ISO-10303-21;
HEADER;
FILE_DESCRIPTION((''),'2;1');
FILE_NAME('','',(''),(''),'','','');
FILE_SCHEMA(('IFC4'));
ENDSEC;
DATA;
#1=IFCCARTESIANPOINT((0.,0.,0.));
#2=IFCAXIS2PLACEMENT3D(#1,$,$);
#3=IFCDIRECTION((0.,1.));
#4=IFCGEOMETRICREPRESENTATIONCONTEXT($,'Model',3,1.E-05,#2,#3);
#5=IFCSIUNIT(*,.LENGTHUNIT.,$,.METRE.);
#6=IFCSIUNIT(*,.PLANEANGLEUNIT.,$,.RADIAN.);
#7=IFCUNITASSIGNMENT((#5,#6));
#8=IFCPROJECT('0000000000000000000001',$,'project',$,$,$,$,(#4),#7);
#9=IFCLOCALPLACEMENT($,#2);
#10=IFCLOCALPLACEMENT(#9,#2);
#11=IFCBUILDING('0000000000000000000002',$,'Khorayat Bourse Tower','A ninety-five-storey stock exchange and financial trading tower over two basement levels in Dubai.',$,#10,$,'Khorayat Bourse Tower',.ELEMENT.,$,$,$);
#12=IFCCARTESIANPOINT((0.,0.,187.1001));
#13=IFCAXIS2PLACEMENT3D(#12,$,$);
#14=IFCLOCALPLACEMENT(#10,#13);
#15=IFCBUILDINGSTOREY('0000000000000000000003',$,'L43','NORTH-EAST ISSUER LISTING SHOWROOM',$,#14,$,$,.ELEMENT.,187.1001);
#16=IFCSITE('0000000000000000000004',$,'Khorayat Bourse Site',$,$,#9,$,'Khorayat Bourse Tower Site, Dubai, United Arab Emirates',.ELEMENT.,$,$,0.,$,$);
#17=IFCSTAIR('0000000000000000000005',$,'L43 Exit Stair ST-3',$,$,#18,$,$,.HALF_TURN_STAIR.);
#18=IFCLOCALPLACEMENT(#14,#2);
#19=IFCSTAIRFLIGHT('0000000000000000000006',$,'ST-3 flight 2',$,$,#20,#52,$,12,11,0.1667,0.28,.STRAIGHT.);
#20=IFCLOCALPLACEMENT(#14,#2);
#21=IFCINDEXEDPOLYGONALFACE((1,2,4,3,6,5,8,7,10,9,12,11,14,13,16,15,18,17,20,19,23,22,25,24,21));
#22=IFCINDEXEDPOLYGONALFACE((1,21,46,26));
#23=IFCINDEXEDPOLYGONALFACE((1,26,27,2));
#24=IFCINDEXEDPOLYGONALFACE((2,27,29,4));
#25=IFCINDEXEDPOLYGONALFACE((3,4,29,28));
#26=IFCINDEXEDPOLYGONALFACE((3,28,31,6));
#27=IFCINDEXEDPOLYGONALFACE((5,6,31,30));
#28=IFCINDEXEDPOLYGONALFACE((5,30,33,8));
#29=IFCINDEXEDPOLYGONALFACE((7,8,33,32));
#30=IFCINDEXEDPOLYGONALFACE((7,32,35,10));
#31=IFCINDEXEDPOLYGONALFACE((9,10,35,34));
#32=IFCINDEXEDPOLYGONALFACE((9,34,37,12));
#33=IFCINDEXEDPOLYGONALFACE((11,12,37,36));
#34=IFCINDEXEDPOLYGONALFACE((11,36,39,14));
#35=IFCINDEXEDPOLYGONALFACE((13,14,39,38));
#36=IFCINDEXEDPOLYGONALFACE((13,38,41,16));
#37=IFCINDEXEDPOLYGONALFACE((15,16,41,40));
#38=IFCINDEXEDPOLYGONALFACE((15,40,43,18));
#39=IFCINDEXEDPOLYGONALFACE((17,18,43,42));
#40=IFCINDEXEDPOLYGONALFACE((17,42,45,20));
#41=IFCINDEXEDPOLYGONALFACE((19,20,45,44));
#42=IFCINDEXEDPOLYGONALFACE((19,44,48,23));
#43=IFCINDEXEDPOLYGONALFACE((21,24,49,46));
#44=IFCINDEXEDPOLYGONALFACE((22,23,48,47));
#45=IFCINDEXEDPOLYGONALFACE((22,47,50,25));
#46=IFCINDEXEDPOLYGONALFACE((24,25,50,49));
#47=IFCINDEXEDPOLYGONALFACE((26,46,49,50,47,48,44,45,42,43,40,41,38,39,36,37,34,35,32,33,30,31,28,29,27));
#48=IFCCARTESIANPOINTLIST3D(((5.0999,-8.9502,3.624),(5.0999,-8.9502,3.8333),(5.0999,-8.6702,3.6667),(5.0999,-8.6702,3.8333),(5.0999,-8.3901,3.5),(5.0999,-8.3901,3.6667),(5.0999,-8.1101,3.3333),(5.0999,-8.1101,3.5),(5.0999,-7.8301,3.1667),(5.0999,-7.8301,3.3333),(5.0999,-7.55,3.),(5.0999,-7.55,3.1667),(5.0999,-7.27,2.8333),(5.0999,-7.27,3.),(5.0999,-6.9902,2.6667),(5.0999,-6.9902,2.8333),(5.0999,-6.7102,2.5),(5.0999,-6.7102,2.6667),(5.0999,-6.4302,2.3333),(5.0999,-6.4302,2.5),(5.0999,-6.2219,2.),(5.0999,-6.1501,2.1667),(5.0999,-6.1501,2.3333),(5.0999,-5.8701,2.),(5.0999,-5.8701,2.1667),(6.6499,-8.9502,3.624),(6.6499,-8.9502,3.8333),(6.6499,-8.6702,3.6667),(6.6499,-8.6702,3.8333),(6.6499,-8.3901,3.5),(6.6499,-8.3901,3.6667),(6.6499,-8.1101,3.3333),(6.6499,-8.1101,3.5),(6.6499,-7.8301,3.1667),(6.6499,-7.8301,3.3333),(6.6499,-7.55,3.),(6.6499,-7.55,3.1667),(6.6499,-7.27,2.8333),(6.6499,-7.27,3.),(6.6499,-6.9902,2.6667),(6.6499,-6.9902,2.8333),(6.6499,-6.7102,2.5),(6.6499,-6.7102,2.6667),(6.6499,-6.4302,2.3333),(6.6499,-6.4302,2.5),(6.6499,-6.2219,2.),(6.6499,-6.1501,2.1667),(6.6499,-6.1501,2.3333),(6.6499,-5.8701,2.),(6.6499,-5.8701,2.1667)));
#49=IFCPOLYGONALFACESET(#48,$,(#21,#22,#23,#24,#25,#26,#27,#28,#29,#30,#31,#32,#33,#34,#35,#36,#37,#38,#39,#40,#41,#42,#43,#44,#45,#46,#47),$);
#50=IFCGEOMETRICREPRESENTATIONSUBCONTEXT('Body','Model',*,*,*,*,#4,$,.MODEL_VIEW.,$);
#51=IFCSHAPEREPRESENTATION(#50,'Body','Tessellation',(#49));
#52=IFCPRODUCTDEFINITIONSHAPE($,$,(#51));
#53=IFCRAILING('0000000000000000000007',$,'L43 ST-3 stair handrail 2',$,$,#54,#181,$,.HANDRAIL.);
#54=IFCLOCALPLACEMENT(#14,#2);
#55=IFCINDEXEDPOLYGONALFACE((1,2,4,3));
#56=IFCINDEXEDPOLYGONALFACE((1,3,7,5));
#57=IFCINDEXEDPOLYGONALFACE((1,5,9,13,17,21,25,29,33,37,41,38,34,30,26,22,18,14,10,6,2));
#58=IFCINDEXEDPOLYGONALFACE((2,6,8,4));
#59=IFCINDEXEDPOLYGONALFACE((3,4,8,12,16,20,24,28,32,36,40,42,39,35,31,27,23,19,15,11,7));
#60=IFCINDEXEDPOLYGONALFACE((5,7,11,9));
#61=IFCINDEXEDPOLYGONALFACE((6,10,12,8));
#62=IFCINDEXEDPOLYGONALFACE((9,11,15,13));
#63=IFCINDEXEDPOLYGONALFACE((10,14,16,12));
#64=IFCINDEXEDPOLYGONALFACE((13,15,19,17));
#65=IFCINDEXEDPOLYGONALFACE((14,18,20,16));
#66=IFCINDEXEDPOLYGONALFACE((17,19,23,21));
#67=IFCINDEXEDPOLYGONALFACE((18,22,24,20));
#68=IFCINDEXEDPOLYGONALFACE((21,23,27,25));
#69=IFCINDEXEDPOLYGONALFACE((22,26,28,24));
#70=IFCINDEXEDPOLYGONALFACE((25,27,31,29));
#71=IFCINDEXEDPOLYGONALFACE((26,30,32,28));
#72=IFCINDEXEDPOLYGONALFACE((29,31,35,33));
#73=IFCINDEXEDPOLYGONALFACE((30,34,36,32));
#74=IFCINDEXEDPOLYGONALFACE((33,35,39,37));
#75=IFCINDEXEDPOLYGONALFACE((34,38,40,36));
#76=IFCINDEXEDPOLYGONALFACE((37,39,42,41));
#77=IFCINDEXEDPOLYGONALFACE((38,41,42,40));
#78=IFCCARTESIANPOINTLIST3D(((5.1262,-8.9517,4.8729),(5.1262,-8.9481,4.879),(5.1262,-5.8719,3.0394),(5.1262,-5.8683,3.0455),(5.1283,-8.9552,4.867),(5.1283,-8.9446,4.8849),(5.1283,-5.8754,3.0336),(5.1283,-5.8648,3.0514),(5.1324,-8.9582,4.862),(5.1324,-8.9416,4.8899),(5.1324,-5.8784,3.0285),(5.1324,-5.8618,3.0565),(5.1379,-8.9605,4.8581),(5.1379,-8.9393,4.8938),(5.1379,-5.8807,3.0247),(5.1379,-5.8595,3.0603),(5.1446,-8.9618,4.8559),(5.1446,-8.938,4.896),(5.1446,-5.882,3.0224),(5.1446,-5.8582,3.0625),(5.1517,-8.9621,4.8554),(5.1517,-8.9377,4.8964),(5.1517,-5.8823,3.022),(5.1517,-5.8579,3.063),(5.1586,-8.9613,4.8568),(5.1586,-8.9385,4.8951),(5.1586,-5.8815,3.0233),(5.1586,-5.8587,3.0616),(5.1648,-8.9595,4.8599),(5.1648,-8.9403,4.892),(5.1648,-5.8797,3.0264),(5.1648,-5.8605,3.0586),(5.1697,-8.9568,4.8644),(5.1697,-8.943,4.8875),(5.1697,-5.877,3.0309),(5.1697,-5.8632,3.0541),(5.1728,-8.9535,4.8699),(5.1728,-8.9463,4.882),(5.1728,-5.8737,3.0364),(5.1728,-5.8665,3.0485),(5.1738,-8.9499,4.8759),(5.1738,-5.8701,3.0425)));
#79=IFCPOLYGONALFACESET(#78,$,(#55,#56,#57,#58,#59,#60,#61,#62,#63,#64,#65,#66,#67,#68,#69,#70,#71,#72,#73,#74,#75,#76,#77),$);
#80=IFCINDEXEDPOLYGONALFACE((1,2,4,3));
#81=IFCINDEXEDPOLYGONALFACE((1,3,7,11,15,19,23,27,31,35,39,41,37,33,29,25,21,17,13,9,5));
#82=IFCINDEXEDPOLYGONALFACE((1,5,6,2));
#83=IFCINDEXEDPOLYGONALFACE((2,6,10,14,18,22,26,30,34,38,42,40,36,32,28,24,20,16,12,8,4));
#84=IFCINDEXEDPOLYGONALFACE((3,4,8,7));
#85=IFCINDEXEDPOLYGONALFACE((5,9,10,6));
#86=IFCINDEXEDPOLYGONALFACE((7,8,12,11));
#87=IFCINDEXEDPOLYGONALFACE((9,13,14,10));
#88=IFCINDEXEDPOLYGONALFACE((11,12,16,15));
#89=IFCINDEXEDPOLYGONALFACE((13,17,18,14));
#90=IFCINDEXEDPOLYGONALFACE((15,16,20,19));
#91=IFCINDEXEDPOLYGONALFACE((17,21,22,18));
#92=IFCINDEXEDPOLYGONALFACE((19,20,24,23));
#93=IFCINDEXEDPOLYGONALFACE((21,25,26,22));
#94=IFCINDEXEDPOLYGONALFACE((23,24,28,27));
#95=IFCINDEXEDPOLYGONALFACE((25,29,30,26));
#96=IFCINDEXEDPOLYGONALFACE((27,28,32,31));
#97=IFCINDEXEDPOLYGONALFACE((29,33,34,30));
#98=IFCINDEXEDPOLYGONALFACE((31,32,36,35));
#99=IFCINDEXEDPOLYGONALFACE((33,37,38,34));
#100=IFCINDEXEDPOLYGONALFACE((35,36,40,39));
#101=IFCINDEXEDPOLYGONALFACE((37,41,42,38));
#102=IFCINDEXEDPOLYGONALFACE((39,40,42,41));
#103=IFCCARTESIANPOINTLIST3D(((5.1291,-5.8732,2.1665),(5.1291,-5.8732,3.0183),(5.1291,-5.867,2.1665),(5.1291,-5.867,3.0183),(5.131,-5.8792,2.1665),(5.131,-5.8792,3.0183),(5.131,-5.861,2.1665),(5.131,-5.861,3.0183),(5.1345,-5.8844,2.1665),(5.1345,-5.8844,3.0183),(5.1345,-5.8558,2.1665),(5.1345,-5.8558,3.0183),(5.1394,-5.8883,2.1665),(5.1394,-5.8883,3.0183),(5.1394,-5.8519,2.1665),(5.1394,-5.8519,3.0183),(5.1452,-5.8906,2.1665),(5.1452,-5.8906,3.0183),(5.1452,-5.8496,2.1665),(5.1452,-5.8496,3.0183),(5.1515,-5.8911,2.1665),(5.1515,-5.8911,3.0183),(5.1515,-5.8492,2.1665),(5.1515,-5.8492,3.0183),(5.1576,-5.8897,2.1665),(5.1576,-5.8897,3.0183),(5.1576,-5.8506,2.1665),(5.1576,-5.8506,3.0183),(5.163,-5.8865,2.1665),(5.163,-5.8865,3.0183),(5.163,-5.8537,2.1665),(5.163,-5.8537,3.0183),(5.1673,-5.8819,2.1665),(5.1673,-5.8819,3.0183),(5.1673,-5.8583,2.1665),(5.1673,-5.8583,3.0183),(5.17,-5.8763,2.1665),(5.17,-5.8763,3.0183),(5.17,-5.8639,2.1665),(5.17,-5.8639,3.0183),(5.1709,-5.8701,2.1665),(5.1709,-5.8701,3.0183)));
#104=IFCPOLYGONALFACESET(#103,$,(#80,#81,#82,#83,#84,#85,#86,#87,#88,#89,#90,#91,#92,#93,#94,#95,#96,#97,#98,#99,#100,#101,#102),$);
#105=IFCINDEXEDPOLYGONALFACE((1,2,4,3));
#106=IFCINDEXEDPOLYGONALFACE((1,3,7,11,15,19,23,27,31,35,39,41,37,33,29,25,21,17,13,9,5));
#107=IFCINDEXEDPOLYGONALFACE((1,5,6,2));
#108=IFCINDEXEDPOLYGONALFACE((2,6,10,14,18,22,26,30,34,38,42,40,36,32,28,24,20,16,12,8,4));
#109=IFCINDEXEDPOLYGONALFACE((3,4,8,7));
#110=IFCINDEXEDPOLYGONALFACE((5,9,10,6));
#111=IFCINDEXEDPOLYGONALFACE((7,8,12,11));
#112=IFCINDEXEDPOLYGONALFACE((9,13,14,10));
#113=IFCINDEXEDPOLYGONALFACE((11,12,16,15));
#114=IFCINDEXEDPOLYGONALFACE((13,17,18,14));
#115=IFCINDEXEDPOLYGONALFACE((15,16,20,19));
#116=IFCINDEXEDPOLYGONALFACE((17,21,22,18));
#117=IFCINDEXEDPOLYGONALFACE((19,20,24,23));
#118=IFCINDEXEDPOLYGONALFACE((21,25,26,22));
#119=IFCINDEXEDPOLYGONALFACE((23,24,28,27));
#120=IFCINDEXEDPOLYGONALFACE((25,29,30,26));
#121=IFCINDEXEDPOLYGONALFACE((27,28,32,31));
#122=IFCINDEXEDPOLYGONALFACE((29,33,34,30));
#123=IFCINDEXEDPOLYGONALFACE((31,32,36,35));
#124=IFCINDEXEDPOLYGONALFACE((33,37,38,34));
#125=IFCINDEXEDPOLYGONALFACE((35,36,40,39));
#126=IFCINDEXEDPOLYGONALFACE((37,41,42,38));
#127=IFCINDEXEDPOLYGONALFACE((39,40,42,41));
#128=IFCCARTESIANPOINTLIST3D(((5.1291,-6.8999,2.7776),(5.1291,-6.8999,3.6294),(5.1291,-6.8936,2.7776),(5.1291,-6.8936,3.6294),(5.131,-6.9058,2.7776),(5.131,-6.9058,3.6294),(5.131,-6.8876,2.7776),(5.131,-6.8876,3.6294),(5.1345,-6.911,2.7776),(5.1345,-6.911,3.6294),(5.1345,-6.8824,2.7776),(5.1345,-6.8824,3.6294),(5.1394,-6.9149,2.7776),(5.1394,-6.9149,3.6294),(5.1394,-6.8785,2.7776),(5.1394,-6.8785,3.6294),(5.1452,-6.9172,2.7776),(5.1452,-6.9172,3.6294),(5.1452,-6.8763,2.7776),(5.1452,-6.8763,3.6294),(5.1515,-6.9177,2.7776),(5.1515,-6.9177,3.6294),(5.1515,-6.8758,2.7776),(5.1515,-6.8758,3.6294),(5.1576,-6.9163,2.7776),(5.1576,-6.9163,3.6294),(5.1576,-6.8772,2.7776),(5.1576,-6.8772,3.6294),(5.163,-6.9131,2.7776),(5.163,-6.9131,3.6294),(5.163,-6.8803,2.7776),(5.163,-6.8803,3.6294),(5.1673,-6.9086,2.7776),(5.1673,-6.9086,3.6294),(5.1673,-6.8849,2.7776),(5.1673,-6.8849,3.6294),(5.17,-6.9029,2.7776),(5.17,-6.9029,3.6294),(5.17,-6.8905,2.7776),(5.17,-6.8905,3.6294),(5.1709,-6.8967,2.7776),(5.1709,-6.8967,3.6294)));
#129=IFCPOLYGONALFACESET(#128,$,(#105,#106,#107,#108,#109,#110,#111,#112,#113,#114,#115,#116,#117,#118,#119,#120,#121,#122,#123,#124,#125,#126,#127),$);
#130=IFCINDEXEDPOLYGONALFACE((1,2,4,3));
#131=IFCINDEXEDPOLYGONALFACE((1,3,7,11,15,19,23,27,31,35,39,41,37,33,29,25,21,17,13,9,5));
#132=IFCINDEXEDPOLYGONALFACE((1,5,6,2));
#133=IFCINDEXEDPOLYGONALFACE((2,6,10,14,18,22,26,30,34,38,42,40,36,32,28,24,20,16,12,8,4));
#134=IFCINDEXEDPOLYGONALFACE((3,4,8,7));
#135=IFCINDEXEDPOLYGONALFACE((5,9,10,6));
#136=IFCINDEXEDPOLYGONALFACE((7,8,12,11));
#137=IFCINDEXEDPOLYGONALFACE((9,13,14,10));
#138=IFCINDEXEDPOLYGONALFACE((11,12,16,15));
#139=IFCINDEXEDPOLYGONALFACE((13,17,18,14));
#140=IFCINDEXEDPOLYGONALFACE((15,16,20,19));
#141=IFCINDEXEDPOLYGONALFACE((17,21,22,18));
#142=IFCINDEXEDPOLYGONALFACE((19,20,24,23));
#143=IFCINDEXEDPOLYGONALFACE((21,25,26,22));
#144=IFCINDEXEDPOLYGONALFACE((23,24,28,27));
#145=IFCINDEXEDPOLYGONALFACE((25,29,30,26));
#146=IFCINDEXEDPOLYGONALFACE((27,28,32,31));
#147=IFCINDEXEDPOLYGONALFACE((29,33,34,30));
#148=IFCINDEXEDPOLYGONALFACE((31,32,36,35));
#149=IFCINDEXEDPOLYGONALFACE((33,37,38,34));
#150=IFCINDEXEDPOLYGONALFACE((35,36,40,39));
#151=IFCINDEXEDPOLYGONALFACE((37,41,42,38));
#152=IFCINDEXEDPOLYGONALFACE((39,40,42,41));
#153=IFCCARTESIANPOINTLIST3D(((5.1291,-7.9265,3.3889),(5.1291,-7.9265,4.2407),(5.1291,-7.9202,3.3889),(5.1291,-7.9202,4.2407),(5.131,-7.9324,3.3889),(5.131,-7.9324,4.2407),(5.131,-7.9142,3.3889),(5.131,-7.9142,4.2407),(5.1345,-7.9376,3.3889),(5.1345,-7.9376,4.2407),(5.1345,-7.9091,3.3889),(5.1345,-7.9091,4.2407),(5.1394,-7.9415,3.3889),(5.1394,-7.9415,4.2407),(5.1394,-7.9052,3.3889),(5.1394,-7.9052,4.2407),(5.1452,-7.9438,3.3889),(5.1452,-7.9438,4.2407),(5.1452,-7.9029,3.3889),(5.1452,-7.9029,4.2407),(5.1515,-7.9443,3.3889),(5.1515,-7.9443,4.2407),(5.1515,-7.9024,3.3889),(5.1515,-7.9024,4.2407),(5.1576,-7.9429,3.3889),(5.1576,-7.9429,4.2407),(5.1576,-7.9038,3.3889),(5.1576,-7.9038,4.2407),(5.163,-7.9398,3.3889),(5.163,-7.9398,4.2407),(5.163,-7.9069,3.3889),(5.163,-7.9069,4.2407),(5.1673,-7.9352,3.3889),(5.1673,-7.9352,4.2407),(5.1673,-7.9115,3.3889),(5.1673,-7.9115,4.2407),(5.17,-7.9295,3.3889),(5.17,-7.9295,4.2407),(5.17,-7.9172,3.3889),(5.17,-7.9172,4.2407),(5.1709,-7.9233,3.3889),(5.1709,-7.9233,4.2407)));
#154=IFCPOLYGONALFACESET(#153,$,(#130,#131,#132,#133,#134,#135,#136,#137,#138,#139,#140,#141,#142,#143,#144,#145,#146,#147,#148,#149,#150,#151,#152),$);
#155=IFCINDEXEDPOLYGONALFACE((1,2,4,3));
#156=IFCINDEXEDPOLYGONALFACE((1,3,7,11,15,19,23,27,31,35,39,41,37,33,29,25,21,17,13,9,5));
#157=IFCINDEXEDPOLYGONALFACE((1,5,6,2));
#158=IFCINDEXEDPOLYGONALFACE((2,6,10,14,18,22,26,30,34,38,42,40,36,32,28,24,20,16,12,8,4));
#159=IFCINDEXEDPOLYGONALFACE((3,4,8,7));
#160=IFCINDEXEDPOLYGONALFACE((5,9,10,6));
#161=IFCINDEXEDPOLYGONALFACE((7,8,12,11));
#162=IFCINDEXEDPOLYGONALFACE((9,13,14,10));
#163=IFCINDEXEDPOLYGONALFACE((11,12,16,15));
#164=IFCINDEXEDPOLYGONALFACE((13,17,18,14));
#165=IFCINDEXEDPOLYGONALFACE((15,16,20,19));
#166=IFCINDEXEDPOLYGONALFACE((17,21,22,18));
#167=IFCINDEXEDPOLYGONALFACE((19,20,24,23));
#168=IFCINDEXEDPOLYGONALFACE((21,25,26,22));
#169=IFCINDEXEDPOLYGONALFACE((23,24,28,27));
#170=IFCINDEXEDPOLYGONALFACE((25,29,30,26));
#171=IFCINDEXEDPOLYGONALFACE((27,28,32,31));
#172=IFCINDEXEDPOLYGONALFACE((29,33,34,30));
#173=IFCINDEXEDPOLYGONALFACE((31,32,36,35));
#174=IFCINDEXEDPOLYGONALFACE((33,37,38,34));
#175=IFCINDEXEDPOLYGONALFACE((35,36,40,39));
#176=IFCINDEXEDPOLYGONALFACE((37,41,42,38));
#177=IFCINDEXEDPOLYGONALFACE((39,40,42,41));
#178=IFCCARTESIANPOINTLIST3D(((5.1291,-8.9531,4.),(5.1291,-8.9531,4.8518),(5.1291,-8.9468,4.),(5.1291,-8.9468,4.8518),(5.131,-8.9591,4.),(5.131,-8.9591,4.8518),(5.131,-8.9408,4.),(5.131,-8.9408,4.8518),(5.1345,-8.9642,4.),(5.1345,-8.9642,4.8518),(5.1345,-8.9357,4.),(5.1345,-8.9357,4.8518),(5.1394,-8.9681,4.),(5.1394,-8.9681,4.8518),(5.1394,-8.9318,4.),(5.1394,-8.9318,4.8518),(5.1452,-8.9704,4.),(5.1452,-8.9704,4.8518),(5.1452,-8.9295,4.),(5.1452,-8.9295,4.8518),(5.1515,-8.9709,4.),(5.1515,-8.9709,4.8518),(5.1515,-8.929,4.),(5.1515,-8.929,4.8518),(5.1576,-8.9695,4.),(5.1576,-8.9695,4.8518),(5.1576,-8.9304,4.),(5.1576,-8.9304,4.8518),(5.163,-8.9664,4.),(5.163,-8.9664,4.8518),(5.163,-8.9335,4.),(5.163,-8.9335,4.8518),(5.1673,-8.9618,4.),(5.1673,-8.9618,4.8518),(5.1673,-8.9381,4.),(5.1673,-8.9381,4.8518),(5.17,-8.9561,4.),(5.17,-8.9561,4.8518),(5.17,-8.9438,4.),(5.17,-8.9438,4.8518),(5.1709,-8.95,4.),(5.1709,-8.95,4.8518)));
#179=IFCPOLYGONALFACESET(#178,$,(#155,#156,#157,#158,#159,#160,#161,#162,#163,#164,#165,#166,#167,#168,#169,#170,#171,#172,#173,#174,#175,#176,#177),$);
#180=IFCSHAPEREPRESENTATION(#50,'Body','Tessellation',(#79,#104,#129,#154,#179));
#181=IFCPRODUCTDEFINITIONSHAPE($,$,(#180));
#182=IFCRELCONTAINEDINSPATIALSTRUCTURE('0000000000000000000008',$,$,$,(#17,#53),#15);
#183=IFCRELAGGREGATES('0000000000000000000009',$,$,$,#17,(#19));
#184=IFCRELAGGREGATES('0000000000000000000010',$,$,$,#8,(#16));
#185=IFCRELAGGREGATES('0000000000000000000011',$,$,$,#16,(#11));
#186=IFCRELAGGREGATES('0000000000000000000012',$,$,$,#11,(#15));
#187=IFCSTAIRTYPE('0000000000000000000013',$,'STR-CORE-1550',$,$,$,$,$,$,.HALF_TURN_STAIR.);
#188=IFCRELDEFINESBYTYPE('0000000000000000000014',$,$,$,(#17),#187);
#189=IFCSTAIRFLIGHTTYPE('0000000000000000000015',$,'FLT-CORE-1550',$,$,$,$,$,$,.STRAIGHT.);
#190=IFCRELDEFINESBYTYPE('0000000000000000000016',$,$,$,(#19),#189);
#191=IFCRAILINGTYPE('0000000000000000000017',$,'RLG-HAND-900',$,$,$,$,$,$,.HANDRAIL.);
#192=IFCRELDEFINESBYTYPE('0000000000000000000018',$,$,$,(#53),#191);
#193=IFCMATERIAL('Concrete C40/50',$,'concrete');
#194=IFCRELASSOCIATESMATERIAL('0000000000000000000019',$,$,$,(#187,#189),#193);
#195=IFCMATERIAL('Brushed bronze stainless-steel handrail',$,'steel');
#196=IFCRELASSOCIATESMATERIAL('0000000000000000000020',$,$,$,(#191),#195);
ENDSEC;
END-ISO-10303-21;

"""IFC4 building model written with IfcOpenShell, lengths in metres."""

from ifc_helpers import new_model, si_unit, direction, frame, origin, origin_2d, place, context, subcontext, project, spatial, polyline, circle, outline, extrude, source, transform, mapped, material, type_object, element, aggregate, save


model = new_model("IFC4")

# Units and contexts
model_context = context("Model", 3, precision=1e-05, world=origin(), true_north=direction((0.0, 1.0)))
body_context = subcontext(model_context, "Body", "Model", "MODEL_VIEW")
ifc_project = project(units=[si_unit("LENGTHUNIT", "METRE"), si_unit("PLANEANGLEUNIT", "RADIAN")], contexts=[model_context])

# Site, building, storey
site_placement = place(None, origin())
site = spatial("IfcSite", under=ifc_project, at=site_placement, Name="Khorayat Bourse Site", LongName="Khorayat Bourse Tower Site, Dubai, United Arab Emirates", CompositionType="ELEMENT", RefElevation=0.0)
building_placement = place(site_placement, origin())
building = spatial("IfcBuilding", under=site, at=building_placement, Name="Khorayat Bourse Tower", Description="A ninety-five-storey stock exchange and financial trading tower over two basement levels in Dubai.", LongName="Khorayat Bourse Tower", CompositionType="ELEMENT")
storey_placement = place(building_placement, frame((0.0, 0.0, 187.1001)))
storey = spatial("IfcBuildingStorey", under=building, at=storey_placement, Name="L43", Description="NORTH-EAST ISSUER LISTING SHOWROOM", CompositionType="ELEMENT", Elevation=187.1001)

# Stair, stair flight
ifc_material_1 = material(Name="Concrete C40/50", Category="concrete")
stair_type = type_object("IfcStairType", Name="STR-CORE-1550", PredefinedType="HALF_TURN_STAIR", material=ifc_material_1)
stair_placement = place(storey_placement, origin())
stair = element("IfcStair", 1, at=stair_placement, inside=storey, type_object=stair_type, Name="L43 Exit Stair ST-3", PredefinedType="HALF_TURN_STAIR")
stair_flight_type = type_object("IfcStairFlightType", Name="FLT-CORE-1550", PredefinedType="STRAIGHT", material=ifc_material_1)
shared_shape_1 = source(origin(), body_context, "Body", "SweptSolid", [
    extrude(outline(polyline([(0.0, 0.0), (0.0, 0.1667), (0.28, 0.1667), (0.28, 0.3333), (0.5601, 0.3333), (0.5601, 0.5), (0.8401, 0.5), (0.8401, 0.6667), (1.1201, 0.6667), (1.1201, 0.8333), (1.3999, 0.8333), (1.3999, 1.0), (1.6799, 1.0), (1.6799, 1.1667), (1.96, 1.1667), (1.96, 1.3333), (2.24, 1.3333), (2.24, 1.5), (2.52, 1.5), (2.52, 1.6667), (2.8, 1.6667), (2.8, 1.8333), (3.0801, 1.8333), (3.0801, 2.0), (3.0801, 1.624), (0.3518, 0.0), (0.0, 0.0)])), frame((0.0, 0.7749, 0.0), z_axis=(0.0, -1.0, 0.0), x_axis=(1.0, 0.0, 0.0)), (0.0, 0.0, 1.0), 1.55),
])
stair_flight_placement = place(storey_placement, frame((5.875, -5.8701, 2.0), z_axis=(0.0, 0.0, 1.0), x_axis=(0.0, -1.0, 0.0)))
stair_flight = element("IfcStairFlight", 2, at=stair_flight_placement, type_object=stair_flight_type, Name="ST-3 flight 2", NumberOfRisers=12, NumberOfTreads=11, PredefinedType="STRAIGHT", RiserHeight=0.1667, TreadLength=0.28, context=body_context, shape_type="MappedRepresentation", body=[
    mapped(shared_shape_1, transform((0.0, 0.0, 0.0), scale=1.0)),
])
aggregate(stair, [stair_flight])

# Railing
ifc_material_2 = material(Name="Brushed bronze stainless-steel handrail", Category="steel")
railing_type = type_object("IfcRailingType", Name="RLG-HAND-900", PredefinedType="HANDRAIL", material=ifc_material_2)
shared_shape_2 = source(origin(), body_context, "Body", "SweptSolid", [
    extrude(circle(Radius=0.0239, at=origin_2d()), frame((0.0, 0.0, 0.876), z_axis=(0.0, -0.859261, 0.511538), x_axis=(1.0, 0.0, 0.0)), (0.0, 0.0, 1.0), 3.5842),
    extrude(circle(Radius=0.021, at=origin_2d()), origin(), (0.0, 0.0, 1.0), 0.8518),
    extrude(circle(Radius=0.021, at=origin_2d()), frame((0.0, -1.0266, 0.6111)), (0.0, 0.0, 1.0), 0.8518),
    extrude(circle(Radius=0.021, at=origin_2d()), frame((0.0, -2.0532, 1.2224)), (0.0, 0.0, 1.0), 0.8518),
    extrude(circle(Radius=0.021, at=origin_2d()), frame((0.0, -3.0798, 1.8335)), (0.0, 0.0, 1.0), 0.8518),
])
railing_placement = place(storey_placement, frame((5.1499, -5.8701, 2.1665)))
element("IfcRailing", 3, at=railing_placement, inside=storey, type_object=railing_type, Name="L43 ST-3 stair handrail 2", PredefinedType="HANDRAIL", context=body_context, shape_type="MappedRepresentation", body=[
    mapped(shared_shape_2, transform((0.0, 0.0, 0.0), scale=1.0)),
])

save(model, "model.ifc")
